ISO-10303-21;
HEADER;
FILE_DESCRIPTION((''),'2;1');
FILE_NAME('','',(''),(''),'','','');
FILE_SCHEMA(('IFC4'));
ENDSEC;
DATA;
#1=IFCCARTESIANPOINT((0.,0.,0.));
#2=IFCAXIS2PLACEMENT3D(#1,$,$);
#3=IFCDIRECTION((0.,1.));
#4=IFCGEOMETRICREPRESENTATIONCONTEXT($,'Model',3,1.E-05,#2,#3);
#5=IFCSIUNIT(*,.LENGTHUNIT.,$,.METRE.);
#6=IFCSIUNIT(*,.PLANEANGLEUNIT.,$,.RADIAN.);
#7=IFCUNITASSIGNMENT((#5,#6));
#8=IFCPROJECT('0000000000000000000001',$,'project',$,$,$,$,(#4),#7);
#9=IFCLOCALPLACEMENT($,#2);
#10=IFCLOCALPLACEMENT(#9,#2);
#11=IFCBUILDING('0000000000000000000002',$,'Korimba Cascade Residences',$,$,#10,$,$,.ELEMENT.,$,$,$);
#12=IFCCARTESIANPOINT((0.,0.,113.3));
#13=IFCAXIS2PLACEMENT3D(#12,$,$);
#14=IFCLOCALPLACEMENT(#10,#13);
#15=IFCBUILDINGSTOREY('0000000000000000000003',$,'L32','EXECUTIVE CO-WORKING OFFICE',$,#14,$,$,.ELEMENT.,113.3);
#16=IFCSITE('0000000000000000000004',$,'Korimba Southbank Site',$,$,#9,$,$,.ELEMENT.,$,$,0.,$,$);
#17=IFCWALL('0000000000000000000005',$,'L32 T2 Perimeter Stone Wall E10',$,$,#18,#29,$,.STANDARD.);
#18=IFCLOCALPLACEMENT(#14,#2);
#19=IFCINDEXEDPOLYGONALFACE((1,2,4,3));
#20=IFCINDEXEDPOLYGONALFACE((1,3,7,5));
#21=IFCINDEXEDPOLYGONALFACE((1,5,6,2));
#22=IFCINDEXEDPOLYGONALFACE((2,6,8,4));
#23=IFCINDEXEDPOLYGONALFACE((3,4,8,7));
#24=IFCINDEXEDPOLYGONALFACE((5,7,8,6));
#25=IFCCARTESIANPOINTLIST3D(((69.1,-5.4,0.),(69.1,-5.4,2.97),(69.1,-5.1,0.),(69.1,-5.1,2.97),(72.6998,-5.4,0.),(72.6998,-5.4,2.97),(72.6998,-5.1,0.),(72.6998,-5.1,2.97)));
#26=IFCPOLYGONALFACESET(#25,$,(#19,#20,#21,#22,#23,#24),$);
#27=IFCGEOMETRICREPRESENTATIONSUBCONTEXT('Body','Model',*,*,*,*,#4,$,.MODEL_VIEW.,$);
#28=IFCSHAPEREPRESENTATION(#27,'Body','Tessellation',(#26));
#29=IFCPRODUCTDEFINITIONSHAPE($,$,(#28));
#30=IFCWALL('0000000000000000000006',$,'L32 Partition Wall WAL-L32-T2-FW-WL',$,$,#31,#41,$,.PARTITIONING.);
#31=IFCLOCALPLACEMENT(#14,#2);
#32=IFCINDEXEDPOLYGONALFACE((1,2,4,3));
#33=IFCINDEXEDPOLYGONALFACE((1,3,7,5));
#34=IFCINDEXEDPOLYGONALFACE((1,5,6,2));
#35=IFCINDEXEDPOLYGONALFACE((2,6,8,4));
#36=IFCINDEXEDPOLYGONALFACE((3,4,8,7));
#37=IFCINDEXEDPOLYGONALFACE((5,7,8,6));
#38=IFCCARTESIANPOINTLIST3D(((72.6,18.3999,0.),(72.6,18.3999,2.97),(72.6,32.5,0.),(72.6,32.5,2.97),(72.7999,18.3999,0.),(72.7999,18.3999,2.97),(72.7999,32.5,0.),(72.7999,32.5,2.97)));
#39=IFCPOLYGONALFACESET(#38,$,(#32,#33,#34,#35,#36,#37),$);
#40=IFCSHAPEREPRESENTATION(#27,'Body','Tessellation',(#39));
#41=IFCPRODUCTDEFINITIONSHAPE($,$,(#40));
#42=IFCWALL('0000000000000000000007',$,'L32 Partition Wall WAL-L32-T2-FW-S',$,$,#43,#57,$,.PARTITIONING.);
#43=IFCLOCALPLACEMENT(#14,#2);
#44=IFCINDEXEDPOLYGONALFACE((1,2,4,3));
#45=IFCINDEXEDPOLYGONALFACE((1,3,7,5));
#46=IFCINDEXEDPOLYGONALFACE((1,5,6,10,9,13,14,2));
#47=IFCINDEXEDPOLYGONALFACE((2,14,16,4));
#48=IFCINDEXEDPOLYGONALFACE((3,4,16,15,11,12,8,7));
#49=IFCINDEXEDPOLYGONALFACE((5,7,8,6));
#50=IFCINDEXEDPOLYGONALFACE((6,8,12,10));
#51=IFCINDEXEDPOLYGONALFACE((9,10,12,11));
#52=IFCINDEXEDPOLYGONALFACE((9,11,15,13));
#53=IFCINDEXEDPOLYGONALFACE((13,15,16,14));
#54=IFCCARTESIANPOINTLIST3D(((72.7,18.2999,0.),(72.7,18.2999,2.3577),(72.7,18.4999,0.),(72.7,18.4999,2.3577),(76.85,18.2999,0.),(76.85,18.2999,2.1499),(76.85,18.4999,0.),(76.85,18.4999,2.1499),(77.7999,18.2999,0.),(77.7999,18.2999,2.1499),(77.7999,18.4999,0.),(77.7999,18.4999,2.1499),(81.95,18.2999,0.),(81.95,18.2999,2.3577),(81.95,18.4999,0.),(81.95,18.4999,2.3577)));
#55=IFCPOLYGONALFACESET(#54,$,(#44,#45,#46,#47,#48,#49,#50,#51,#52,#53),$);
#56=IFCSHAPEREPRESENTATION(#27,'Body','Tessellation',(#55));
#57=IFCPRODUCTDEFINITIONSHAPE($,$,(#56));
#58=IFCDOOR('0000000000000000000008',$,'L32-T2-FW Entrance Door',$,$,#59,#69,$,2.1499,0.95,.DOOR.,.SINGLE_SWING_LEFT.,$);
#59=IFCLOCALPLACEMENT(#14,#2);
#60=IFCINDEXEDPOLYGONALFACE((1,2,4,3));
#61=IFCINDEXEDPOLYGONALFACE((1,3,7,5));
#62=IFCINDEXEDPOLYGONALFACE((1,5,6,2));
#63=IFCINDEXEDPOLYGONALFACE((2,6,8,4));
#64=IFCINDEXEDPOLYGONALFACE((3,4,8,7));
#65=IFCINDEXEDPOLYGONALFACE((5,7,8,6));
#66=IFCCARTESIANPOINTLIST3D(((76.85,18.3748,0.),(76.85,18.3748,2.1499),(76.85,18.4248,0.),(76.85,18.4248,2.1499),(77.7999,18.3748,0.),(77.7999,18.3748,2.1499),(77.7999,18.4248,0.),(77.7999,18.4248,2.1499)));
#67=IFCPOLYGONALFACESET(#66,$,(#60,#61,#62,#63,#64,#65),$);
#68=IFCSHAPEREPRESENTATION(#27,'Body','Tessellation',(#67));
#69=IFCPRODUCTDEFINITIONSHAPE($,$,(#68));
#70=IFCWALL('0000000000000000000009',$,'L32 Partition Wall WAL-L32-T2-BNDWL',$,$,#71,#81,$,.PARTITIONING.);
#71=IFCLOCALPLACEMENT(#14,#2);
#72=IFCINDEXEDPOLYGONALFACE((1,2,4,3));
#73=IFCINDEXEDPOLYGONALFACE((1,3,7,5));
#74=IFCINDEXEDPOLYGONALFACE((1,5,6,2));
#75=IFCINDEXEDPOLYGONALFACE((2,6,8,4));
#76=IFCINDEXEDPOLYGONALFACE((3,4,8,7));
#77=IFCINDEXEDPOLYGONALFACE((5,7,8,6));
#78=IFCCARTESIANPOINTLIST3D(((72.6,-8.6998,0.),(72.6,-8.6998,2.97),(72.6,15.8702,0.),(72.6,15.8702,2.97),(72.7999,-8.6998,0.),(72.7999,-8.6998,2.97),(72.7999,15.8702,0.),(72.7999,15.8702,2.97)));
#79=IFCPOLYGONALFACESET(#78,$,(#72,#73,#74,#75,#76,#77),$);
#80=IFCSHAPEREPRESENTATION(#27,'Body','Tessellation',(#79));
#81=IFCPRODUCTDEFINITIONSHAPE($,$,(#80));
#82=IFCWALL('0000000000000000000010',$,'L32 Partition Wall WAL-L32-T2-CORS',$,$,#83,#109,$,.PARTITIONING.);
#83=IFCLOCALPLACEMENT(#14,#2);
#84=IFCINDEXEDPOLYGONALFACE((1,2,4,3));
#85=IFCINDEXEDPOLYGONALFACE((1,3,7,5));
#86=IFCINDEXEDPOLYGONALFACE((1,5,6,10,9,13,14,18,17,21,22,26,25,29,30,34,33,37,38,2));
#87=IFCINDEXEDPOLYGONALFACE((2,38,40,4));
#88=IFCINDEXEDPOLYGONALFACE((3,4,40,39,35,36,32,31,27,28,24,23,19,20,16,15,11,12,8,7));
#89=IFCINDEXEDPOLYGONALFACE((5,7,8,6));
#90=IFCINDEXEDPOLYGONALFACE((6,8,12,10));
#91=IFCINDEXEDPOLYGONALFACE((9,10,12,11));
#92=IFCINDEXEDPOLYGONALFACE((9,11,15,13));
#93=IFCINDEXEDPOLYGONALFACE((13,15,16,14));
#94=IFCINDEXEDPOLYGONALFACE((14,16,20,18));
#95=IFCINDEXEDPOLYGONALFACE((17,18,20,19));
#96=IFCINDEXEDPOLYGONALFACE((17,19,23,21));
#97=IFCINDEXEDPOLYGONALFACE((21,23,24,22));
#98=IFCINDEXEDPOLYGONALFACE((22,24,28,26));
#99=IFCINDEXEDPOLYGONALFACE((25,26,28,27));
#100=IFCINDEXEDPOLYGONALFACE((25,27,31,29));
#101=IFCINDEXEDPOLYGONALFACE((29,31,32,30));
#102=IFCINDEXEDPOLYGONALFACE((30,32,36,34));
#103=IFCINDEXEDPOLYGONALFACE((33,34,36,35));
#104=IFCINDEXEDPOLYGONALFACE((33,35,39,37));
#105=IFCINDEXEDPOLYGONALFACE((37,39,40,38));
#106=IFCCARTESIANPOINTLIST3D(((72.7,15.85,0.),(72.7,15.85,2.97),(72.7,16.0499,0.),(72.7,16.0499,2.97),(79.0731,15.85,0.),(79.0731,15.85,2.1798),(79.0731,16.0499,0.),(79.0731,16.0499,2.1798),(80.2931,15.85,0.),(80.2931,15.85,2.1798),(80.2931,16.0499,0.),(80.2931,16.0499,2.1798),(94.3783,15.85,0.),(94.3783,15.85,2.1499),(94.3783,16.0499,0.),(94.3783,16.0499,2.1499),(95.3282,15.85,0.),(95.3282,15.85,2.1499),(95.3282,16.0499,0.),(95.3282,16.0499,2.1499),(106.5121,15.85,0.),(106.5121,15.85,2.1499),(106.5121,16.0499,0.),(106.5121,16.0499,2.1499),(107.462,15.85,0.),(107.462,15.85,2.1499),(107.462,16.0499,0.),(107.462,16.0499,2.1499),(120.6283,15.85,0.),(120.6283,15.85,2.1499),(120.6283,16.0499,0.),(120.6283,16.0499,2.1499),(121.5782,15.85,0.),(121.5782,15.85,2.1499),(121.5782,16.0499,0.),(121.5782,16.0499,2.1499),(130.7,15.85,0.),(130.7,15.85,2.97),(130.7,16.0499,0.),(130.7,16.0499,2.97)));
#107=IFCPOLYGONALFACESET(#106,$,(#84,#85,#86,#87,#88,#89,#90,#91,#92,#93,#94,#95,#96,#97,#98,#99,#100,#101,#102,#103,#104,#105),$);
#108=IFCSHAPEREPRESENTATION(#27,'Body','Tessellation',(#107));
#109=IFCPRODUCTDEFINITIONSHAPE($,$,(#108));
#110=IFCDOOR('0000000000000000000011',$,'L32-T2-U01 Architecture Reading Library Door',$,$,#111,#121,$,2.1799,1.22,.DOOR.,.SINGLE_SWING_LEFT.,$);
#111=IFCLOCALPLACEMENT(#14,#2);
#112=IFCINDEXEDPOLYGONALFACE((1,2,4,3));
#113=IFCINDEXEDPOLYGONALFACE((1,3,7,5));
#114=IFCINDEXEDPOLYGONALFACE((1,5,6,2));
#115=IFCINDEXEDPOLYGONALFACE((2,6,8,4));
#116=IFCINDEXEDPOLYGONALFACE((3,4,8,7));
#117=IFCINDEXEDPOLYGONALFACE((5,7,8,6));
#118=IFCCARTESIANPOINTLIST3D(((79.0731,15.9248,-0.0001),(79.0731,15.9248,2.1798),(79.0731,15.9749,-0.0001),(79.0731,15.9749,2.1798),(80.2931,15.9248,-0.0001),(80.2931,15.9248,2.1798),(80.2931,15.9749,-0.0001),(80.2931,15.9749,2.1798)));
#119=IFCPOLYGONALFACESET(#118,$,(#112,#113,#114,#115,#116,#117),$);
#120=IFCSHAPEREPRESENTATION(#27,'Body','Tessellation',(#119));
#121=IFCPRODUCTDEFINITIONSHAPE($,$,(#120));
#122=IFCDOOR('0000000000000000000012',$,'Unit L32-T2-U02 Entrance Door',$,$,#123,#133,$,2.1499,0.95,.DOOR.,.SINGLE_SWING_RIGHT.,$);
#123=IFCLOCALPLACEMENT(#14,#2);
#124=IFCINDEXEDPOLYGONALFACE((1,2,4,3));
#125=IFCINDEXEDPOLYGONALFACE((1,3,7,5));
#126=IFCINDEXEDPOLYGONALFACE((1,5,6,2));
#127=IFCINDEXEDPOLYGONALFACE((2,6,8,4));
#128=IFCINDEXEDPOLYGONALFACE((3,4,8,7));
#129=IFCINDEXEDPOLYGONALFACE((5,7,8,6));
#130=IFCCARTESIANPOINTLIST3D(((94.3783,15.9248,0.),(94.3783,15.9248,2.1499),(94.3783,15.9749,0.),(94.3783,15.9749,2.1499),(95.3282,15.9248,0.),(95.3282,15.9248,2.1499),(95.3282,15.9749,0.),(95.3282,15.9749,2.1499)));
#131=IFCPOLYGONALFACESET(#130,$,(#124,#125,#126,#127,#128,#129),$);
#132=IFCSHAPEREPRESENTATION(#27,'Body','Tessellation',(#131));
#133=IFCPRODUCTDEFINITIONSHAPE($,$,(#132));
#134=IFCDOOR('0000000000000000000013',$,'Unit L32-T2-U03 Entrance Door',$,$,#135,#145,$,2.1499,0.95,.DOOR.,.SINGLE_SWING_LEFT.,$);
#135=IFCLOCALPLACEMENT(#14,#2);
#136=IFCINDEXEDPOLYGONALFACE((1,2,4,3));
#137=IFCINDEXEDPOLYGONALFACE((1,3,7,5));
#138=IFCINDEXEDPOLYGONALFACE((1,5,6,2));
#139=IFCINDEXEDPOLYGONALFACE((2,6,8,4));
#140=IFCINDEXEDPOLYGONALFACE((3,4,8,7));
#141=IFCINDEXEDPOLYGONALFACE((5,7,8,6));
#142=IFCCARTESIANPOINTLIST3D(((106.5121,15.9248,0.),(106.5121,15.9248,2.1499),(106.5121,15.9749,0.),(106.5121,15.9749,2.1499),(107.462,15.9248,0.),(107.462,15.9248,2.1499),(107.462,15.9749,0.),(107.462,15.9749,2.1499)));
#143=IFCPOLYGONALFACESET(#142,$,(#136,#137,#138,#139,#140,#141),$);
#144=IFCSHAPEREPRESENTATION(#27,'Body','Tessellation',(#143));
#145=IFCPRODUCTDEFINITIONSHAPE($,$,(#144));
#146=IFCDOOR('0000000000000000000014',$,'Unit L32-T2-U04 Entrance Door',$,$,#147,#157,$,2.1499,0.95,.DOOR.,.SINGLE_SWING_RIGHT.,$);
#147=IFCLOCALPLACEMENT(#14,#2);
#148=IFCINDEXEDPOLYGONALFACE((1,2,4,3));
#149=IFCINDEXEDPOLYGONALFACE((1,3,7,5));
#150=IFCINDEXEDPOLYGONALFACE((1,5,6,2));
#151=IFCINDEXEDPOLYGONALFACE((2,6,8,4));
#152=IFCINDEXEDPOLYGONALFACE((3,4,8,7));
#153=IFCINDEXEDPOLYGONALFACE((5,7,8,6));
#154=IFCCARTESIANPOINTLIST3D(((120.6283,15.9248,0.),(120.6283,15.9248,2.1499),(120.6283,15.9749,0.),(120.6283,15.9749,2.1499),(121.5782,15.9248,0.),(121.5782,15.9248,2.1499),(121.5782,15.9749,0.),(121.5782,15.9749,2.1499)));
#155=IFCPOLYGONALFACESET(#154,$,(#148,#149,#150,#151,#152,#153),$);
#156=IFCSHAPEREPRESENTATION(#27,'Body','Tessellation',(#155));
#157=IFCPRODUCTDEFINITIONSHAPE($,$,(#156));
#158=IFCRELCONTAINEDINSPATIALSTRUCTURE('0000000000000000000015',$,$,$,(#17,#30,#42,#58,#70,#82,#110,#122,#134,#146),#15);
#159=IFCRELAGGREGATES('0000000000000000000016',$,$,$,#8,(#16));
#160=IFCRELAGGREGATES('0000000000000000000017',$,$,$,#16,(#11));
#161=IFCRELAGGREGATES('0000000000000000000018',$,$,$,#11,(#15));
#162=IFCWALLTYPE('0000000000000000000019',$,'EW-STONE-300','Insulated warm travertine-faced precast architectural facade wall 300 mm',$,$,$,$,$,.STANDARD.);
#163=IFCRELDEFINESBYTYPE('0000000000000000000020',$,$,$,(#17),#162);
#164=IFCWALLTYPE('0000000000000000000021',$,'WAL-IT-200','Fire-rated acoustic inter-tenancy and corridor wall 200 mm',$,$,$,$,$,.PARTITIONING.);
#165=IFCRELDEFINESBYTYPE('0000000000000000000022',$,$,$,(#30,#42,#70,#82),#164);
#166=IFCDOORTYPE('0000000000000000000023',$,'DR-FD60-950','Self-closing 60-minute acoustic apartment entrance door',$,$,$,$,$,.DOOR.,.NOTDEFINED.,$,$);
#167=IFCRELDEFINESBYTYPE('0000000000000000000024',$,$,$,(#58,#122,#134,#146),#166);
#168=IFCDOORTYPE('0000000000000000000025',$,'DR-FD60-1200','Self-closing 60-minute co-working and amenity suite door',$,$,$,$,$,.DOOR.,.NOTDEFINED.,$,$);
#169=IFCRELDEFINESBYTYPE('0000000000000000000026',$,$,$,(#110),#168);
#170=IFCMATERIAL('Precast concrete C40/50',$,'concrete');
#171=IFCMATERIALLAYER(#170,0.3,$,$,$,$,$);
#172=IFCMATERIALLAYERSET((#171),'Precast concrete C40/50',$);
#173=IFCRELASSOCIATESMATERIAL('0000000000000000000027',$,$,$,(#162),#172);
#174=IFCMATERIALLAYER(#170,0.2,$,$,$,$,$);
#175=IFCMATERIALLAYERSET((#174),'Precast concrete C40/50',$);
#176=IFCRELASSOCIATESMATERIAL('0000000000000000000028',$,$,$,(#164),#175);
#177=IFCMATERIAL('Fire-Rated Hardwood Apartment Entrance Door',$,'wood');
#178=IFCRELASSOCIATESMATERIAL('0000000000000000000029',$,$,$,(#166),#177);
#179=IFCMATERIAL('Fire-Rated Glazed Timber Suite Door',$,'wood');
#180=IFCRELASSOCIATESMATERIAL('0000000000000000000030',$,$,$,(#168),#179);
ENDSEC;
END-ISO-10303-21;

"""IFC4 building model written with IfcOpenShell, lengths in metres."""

from ifc_helpers import new_model, si_unit, direction, frame, frame_2d, origin, place, context, subcontext, project, spatial, rectangle, extrude, material, layer, layer_set, type_object, element, fill, save


model = new_model("IFC4")

# Units and contexts
model_context = context("Model", 3, precision=1e-05, world=origin(), true_north=direction((0.0, 1.0)))
body_context = subcontext(model_context, "Body", "Model", "MODEL_VIEW")
ifc_project = project(units=[si_unit("LENGTHUNIT", "METRE"), si_unit("PLANEANGLEUNIT", "RADIAN")], contexts=[model_context])

# Site, building, storey
site_placement = place(None, origin())
site = spatial("IfcSite", under=ifc_project, at=site_placement, Name="Korimba Southbank Site", CompositionType="ELEMENT", RefElevation=0.0)
building_placement = place(site_placement, origin())
building = spatial("IfcBuilding", under=site, at=building_placement, Name="Korimba Cascade Residences", CompositionType="ELEMENT")
storey_placement = place(building_placement, frame((0.0, 0.0, 113.3)))
storey = spatial("IfcBuildingStorey", under=building, at=storey_placement, Name="L32", Description="EXECUTIVE CO-WORKING OFFICE", CompositionType="ELEMENT", Elevation=113.3)

# Shared definitions
ifc_material_1 = material(Name="Precast concrete C40/50", Category="concrete")

# Walls
ifc_layer_1 = layer(ifc_material_1, 0.3)
ifc_layer_set_1 = layer_set([ifc_layer_1], Name="Precast concrete C40/50")
wall_type_1 = type_object("IfcWallType", Name="EW-STONE-300", Description="Insulated warm travertine-faced precast architectural facade wall 300 mm", PredefinedType="STANDARD", material=ifc_layer_set_1)
wall_1_placement = place(storey_placement, frame((69.1001, -5.25, 0.0), z_axis=(0.0, 0.0, 1.0), x_axis=(1.0, 0.0, 0.0)))
element("IfcWall", 1, at=wall_1_placement, inside=storey, type_object=wall_type_1, Name="L32 T2 Perimeter Stone Wall E10", PredefinedType="STANDARD", context=body_context, shape_type="SweptSolid", body=[
    extrude(rectangle(XDim=3.5999, YDim=0.3, at=frame_2d((1.7998, 0.0))), origin(), (0.0, 0.0, 1.0), 2.97),
])
ifc_layer_2 = layer(ifc_material_1, 0.2)
ifc_layer_set_2 = layer_set([ifc_layer_2], Name="Precast concrete C40/50")
wall_type_2 = type_object("IfcWallType", Name="WAL-IT-200", Description="Fire-rated acoustic inter-tenancy and corridor wall 200 mm", PredefinedType="PARTITIONING", material=ifc_layer_set_2)
wall_2_placement = place(storey_placement, frame((72.7, 18.3999, 0.0), z_axis=(0.0, 0.0, 1.0), x_axis=(0.0, 1.0, 0.0)))
element("IfcWall", 2, at=wall_2_placement, inside=storey, type_object=wall_type_2, Name="L32 Partition Wall WAL-L32-T2-FW-WL", PredefinedType="PARTITIONING", context=body_context, shape_type="SweptSolid", body=[
    extrude(rectangle(XDim=14.1001, YDim=0.2, at=frame_2d((7.05, 0.0))), origin(), (0.0, 0.0, 1.0), 2.97),
])

# Wall, opening, door
wall_3_placement = place(storey_placement, frame((72.7, 18.3999, 0.0), z_axis=(0.0, 0.0, 1.0), x_axis=(1.0, 0.0, 0.0)))
wall_3 = element("IfcWall", 3, at=wall_3_placement, inside=storey, type_object=wall_type_2, Name="L32 Partition Wall WAL-L32-T2-FW-S", PredefinedType="PARTITIONING", context=body_context, shape_type="SweptSolid", body=[
    extrude(rectangle(XDim=9.25, YDim=0.2, at=frame_2d((4.625, 0.0))), origin(), (0.0, 0.0, 1.0), 2.3577),
])
opening_1_placement = place(wall_3_placement, frame((4.1499, 0.0, 0.0)))
opening_1 = element("IfcOpeningElement", 4, at=opening_1_placement, cuts=wall_3, PredefinedType="OPENING", context=body_context, shape_type="SweptSolid", body=[
    extrude(rectangle(XDim=0.95, YDim=2.1499, at=frame_2d((0.4751, 1.075))), frame((0.0, 0.1099, 0.0), z_axis=(0.0, -1.0, 0.0), x_axis=(1.0, 0.0, 0.0)), (0.0, 0.0, 1.0), 0.22),
])
ifc_material_2 = material(Name="Fire-Rated Hardwood Apartment Entrance Door", Category="wood")
door_type_1 = type_object("IfcDoorType", Name="DR-FD60-950", Description="Self-closing 60-minute acoustic apartment entrance door", OperationType="NOTDEFINED", PredefinedType="DOOR", material=ifc_material_2)
door_1_placement = place(opening_1_placement, origin())
door_1 = element("IfcDoor", 5, at=door_1_placement, inside=storey, type_object=door_type_1, Name="L32-T2-FW Entrance Door", OperationType="SINGLE_SWING_LEFT", OverallHeight=2.1499, OverallWidth=0.95, PredefinedType="DOOR", context=body_context, shape_type="SweptSolid", body=[
    extrude(rectangle(XDim=0.95, YDim=2.1499, at=frame_2d((0.4751, 1.075))), frame((0.0, 0.0249, 0.0), z_axis=(0.0, -1.0, 0.0), x_axis=(1.0, 0.0, 0.0)), (0.0, 0.0, 1.0), 0.05),
])
fill(opening_1, door_1)

# Wall
wall_4_placement = place(storey_placement, frame((72.7, -8.7, 0.0), z_axis=(0.0, 0.0, 1.0), x_axis=(0.0, 1.0, 0.0)))
element("IfcWall", 6, at=wall_4_placement, inside=storey, type_object=wall_type_2, Name="L32 Partition Wall WAL-L32-T2-BNDWL", PredefinedType="PARTITIONING", context=body_context, shape_type="SweptSolid", body=[
    extrude(rectangle(XDim=24.5701, YDim=0.2, at=frame_2d((12.2852, 0.0))), origin(), (0.0, 0.0, 1.0), 2.97),
])

# Wall, openings, doors
wall_5_placement = place(storey_placement, frame((72.7, 15.95, 0.0), z_axis=(0.0, 0.0, 1.0), x_axis=(1.0, 0.0, 0.0)))
wall_5 = element("IfcWall", 7, at=wall_5_placement, inside=storey, type_object=wall_type_2, Name="L32 Partition Wall WAL-L32-T2-CORS", PredefinedType="PARTITIONING", context=body_context, shape_type="SweptSolid", body=[
    extrude(rectangle(XDim=58.0, YDim=0.2, at=frame_2d((29.0, 0.0))), origin(), (0.0, 0.0, 1.0), 2.97),
])
opening_2_placement = place(wall_5_placement, frame((6.3733, 0.0, 0.0)))
opening_2 = element("IfcOpeningElement", 8, at=opening_2_placement, cuts=wall_5, PredefinedType="OPENING", context=body_context, shape_type="SweptSolid", body=[
    extrude(rectangle(XDim=1.22, YDim=2.1799, at=frame_2d((0.6099, 1.0898))), frame((0.0, 0.1099, 0.0), z_axis=(0.0, -1.0, 0.0), x_axis=(1.0, 0.0, 0.0)), (0.0, 0.0, 1.0), 0.22),
])
opening_3_placement = place(wall_5_placement, frame((21.6782, 0.0, 0.0)))
opening_3 = element("IfcOpeningElement", 9, at=opening_3_placement, cuts=wall_5, PredefinedType="OPENING", context=body_context, shape_type="SweptSolid", body=[
    extrude(rectangle(XDim=0.95, YDim=2.1499, at=frame_2d((0.4751, 1.075))), frame((0.0, 0.1099, 0.0), z_axis=(0.0, -1.0, 0.0), x_axis=(1.0, 0.0, 0.0)), (0.0, 0.0, 1.0), 0.22),
])
opening_4_placement = place(wall_5_placement, frame((33.812, 0.0, 0.0)))
opening_4 = element("IfcOpeningElement", 10, at=opening_4_placement, cuts=wall_5, PredefinedType="OPENING", context=body_context, shape_type="SweptSolid", body=[
    extrude(rectangle(XDim=0.95, YDim=2.1499, at=frame_2d((0.4751, 1.075))), frame((0.0, 0.1099, 0.0), z_axis=(0.0, -1.0, 0.0), x_axis=(1.0, 0.0, 0.0)), (0.0, 0.0, 1.0), 0.22),
])
opening_5_placement = place(wall_5_placement, frame((47.9282, 0.0, 0.0)))
opening_5 = element("IfcOpeningElement", 11, at=opening_5_placement, cuts=wall_5, PredefinedType="OPENING", context=body_context, shape_type="SweptSolid", body=[
    extrude(rectangle(XDim=0.95, YDim=2.1499, at=frame_2d((0.4751, 1.075))), frame((0.0, 0.1099, 0.0), z_axis=(0.0, -1.0, 0.0), x_axis=(1.0, 0.0, 0.0)), (0.0, 0.0, 1.0), 0.22),
])
ifc_material_3 = material(Name="Fire-Rated Glazed Timber Suite Door", Category="wood")
door_type_2 = type_object("IfcDoorType", Name="DR-FD60-1200", Description="Self-closing 60-minute co-working and amenity suite door", OperationType="NOTDEFINED", PredefinedType="DOOR", material=ifc_material_3)
door_2_placement = place(opening_2_placement, origin())
door_2 = element("IfcDoor", 12, at=door_2_placement, inside=storey, type_object=door_type_2, Name="L32-T2-U01 Architecture Reading Library Door", OperationType="SINGLE_SWING_LEFT", OverallHeight=2.1799, OverallWidth=1.22, PredefinedType="DOOR", context=body_context, shape_type="SweptSolid", body=[
    extrude(rectangle(XDim=1.22, YDim=2.1799, at=frame_2d((0.6099, 1.0898))), frame((0.0, 0.0249, 0.0), z_axis=(0.0, -1.0, 0.0), x_axis=(1.0, 0.0, 0.0)), (0.0, 0.0, 1.0), 0.05),
])
fill(opening_2, door_2)
door_3_placement = place(opening_3_placement, origin())
door_3 = element("IfcDoor", 13, at=door_3_placement, inside=storey, type_object=door_type_1, Name="Unit L32-T2-U02 Entrance Door", OperationType="SINGLE_SWING_RIGHT", OverallHeight=2.1499, OverallWidth=0.95, PredefinedType="DOOR", context=body_context, shape_type="SweptSolid", body=[
    extrude(rectangle(XDim=0.95, YDim=2.1499, at=frame_2d((0.4751, 1.075))), frame((0.0, 0.0249, 0.0), z_axis=(0.0, -1.0, 0.0), x_axis=(1.0, 0.0, 0.0)), (0.0, 0.0, 1.0), 0.05),
])
fill(opening_3, door_3)
door_4_placement = place(opening_4_placement, origin())
door_4 = element("IfcDoor", 14, at=door_4_placement, inside=storey, type_object=door_type_1, Name="Unit L32-T2-U03 Entrance Door", OperationType="SINGLE_SWING_LEFT", OverallHeight=2.1499, OverallWidth=0.95, PredefinedType="DOOR", context=body_context, shape_type="SweptSolid", body=[
    extrude(rectangle(XDim=0.95, YDim=2.1499, at=frame_2d((0.4751, 1.075))), frame((0.0, 0.0249, 0.0), z_axis=(0.0, -1.0, 0.0), x_axis=(1.0, 0.0, 0.0)), (0.0, 0.0, 1.0), 0.05),
])
fill(opening_4, door_4)
door_5_placement = place(opening_5_placement, origin())
door_5 = element("IfcDoor", 15, at=door_5_placement, inside=storey, type_object=door_type_1, Name="Unit L32-T2-U04 Entrance Door", OperationType="SINGLE_SWING_RIGHT", OverallHeight=2.1499, OverallWidth=0.95, PredefinedType="DOOR", context=body_context, shape_type="SweptSolid", body=[
    extrude(rectangle(XDim=0.95, YDim=2.1499, at=frame_2d((0.4751, 1.075))), frame((0.0, 0.0249, 0.0), z_axis=(0.0, -1.0, 0.0), x_axis=(1.0, 0.0, 0.0)), (0.0, 0.0, 1.0), 0.05),
])
fill(opening_5, door_5)

save(model, "model.ifc")
